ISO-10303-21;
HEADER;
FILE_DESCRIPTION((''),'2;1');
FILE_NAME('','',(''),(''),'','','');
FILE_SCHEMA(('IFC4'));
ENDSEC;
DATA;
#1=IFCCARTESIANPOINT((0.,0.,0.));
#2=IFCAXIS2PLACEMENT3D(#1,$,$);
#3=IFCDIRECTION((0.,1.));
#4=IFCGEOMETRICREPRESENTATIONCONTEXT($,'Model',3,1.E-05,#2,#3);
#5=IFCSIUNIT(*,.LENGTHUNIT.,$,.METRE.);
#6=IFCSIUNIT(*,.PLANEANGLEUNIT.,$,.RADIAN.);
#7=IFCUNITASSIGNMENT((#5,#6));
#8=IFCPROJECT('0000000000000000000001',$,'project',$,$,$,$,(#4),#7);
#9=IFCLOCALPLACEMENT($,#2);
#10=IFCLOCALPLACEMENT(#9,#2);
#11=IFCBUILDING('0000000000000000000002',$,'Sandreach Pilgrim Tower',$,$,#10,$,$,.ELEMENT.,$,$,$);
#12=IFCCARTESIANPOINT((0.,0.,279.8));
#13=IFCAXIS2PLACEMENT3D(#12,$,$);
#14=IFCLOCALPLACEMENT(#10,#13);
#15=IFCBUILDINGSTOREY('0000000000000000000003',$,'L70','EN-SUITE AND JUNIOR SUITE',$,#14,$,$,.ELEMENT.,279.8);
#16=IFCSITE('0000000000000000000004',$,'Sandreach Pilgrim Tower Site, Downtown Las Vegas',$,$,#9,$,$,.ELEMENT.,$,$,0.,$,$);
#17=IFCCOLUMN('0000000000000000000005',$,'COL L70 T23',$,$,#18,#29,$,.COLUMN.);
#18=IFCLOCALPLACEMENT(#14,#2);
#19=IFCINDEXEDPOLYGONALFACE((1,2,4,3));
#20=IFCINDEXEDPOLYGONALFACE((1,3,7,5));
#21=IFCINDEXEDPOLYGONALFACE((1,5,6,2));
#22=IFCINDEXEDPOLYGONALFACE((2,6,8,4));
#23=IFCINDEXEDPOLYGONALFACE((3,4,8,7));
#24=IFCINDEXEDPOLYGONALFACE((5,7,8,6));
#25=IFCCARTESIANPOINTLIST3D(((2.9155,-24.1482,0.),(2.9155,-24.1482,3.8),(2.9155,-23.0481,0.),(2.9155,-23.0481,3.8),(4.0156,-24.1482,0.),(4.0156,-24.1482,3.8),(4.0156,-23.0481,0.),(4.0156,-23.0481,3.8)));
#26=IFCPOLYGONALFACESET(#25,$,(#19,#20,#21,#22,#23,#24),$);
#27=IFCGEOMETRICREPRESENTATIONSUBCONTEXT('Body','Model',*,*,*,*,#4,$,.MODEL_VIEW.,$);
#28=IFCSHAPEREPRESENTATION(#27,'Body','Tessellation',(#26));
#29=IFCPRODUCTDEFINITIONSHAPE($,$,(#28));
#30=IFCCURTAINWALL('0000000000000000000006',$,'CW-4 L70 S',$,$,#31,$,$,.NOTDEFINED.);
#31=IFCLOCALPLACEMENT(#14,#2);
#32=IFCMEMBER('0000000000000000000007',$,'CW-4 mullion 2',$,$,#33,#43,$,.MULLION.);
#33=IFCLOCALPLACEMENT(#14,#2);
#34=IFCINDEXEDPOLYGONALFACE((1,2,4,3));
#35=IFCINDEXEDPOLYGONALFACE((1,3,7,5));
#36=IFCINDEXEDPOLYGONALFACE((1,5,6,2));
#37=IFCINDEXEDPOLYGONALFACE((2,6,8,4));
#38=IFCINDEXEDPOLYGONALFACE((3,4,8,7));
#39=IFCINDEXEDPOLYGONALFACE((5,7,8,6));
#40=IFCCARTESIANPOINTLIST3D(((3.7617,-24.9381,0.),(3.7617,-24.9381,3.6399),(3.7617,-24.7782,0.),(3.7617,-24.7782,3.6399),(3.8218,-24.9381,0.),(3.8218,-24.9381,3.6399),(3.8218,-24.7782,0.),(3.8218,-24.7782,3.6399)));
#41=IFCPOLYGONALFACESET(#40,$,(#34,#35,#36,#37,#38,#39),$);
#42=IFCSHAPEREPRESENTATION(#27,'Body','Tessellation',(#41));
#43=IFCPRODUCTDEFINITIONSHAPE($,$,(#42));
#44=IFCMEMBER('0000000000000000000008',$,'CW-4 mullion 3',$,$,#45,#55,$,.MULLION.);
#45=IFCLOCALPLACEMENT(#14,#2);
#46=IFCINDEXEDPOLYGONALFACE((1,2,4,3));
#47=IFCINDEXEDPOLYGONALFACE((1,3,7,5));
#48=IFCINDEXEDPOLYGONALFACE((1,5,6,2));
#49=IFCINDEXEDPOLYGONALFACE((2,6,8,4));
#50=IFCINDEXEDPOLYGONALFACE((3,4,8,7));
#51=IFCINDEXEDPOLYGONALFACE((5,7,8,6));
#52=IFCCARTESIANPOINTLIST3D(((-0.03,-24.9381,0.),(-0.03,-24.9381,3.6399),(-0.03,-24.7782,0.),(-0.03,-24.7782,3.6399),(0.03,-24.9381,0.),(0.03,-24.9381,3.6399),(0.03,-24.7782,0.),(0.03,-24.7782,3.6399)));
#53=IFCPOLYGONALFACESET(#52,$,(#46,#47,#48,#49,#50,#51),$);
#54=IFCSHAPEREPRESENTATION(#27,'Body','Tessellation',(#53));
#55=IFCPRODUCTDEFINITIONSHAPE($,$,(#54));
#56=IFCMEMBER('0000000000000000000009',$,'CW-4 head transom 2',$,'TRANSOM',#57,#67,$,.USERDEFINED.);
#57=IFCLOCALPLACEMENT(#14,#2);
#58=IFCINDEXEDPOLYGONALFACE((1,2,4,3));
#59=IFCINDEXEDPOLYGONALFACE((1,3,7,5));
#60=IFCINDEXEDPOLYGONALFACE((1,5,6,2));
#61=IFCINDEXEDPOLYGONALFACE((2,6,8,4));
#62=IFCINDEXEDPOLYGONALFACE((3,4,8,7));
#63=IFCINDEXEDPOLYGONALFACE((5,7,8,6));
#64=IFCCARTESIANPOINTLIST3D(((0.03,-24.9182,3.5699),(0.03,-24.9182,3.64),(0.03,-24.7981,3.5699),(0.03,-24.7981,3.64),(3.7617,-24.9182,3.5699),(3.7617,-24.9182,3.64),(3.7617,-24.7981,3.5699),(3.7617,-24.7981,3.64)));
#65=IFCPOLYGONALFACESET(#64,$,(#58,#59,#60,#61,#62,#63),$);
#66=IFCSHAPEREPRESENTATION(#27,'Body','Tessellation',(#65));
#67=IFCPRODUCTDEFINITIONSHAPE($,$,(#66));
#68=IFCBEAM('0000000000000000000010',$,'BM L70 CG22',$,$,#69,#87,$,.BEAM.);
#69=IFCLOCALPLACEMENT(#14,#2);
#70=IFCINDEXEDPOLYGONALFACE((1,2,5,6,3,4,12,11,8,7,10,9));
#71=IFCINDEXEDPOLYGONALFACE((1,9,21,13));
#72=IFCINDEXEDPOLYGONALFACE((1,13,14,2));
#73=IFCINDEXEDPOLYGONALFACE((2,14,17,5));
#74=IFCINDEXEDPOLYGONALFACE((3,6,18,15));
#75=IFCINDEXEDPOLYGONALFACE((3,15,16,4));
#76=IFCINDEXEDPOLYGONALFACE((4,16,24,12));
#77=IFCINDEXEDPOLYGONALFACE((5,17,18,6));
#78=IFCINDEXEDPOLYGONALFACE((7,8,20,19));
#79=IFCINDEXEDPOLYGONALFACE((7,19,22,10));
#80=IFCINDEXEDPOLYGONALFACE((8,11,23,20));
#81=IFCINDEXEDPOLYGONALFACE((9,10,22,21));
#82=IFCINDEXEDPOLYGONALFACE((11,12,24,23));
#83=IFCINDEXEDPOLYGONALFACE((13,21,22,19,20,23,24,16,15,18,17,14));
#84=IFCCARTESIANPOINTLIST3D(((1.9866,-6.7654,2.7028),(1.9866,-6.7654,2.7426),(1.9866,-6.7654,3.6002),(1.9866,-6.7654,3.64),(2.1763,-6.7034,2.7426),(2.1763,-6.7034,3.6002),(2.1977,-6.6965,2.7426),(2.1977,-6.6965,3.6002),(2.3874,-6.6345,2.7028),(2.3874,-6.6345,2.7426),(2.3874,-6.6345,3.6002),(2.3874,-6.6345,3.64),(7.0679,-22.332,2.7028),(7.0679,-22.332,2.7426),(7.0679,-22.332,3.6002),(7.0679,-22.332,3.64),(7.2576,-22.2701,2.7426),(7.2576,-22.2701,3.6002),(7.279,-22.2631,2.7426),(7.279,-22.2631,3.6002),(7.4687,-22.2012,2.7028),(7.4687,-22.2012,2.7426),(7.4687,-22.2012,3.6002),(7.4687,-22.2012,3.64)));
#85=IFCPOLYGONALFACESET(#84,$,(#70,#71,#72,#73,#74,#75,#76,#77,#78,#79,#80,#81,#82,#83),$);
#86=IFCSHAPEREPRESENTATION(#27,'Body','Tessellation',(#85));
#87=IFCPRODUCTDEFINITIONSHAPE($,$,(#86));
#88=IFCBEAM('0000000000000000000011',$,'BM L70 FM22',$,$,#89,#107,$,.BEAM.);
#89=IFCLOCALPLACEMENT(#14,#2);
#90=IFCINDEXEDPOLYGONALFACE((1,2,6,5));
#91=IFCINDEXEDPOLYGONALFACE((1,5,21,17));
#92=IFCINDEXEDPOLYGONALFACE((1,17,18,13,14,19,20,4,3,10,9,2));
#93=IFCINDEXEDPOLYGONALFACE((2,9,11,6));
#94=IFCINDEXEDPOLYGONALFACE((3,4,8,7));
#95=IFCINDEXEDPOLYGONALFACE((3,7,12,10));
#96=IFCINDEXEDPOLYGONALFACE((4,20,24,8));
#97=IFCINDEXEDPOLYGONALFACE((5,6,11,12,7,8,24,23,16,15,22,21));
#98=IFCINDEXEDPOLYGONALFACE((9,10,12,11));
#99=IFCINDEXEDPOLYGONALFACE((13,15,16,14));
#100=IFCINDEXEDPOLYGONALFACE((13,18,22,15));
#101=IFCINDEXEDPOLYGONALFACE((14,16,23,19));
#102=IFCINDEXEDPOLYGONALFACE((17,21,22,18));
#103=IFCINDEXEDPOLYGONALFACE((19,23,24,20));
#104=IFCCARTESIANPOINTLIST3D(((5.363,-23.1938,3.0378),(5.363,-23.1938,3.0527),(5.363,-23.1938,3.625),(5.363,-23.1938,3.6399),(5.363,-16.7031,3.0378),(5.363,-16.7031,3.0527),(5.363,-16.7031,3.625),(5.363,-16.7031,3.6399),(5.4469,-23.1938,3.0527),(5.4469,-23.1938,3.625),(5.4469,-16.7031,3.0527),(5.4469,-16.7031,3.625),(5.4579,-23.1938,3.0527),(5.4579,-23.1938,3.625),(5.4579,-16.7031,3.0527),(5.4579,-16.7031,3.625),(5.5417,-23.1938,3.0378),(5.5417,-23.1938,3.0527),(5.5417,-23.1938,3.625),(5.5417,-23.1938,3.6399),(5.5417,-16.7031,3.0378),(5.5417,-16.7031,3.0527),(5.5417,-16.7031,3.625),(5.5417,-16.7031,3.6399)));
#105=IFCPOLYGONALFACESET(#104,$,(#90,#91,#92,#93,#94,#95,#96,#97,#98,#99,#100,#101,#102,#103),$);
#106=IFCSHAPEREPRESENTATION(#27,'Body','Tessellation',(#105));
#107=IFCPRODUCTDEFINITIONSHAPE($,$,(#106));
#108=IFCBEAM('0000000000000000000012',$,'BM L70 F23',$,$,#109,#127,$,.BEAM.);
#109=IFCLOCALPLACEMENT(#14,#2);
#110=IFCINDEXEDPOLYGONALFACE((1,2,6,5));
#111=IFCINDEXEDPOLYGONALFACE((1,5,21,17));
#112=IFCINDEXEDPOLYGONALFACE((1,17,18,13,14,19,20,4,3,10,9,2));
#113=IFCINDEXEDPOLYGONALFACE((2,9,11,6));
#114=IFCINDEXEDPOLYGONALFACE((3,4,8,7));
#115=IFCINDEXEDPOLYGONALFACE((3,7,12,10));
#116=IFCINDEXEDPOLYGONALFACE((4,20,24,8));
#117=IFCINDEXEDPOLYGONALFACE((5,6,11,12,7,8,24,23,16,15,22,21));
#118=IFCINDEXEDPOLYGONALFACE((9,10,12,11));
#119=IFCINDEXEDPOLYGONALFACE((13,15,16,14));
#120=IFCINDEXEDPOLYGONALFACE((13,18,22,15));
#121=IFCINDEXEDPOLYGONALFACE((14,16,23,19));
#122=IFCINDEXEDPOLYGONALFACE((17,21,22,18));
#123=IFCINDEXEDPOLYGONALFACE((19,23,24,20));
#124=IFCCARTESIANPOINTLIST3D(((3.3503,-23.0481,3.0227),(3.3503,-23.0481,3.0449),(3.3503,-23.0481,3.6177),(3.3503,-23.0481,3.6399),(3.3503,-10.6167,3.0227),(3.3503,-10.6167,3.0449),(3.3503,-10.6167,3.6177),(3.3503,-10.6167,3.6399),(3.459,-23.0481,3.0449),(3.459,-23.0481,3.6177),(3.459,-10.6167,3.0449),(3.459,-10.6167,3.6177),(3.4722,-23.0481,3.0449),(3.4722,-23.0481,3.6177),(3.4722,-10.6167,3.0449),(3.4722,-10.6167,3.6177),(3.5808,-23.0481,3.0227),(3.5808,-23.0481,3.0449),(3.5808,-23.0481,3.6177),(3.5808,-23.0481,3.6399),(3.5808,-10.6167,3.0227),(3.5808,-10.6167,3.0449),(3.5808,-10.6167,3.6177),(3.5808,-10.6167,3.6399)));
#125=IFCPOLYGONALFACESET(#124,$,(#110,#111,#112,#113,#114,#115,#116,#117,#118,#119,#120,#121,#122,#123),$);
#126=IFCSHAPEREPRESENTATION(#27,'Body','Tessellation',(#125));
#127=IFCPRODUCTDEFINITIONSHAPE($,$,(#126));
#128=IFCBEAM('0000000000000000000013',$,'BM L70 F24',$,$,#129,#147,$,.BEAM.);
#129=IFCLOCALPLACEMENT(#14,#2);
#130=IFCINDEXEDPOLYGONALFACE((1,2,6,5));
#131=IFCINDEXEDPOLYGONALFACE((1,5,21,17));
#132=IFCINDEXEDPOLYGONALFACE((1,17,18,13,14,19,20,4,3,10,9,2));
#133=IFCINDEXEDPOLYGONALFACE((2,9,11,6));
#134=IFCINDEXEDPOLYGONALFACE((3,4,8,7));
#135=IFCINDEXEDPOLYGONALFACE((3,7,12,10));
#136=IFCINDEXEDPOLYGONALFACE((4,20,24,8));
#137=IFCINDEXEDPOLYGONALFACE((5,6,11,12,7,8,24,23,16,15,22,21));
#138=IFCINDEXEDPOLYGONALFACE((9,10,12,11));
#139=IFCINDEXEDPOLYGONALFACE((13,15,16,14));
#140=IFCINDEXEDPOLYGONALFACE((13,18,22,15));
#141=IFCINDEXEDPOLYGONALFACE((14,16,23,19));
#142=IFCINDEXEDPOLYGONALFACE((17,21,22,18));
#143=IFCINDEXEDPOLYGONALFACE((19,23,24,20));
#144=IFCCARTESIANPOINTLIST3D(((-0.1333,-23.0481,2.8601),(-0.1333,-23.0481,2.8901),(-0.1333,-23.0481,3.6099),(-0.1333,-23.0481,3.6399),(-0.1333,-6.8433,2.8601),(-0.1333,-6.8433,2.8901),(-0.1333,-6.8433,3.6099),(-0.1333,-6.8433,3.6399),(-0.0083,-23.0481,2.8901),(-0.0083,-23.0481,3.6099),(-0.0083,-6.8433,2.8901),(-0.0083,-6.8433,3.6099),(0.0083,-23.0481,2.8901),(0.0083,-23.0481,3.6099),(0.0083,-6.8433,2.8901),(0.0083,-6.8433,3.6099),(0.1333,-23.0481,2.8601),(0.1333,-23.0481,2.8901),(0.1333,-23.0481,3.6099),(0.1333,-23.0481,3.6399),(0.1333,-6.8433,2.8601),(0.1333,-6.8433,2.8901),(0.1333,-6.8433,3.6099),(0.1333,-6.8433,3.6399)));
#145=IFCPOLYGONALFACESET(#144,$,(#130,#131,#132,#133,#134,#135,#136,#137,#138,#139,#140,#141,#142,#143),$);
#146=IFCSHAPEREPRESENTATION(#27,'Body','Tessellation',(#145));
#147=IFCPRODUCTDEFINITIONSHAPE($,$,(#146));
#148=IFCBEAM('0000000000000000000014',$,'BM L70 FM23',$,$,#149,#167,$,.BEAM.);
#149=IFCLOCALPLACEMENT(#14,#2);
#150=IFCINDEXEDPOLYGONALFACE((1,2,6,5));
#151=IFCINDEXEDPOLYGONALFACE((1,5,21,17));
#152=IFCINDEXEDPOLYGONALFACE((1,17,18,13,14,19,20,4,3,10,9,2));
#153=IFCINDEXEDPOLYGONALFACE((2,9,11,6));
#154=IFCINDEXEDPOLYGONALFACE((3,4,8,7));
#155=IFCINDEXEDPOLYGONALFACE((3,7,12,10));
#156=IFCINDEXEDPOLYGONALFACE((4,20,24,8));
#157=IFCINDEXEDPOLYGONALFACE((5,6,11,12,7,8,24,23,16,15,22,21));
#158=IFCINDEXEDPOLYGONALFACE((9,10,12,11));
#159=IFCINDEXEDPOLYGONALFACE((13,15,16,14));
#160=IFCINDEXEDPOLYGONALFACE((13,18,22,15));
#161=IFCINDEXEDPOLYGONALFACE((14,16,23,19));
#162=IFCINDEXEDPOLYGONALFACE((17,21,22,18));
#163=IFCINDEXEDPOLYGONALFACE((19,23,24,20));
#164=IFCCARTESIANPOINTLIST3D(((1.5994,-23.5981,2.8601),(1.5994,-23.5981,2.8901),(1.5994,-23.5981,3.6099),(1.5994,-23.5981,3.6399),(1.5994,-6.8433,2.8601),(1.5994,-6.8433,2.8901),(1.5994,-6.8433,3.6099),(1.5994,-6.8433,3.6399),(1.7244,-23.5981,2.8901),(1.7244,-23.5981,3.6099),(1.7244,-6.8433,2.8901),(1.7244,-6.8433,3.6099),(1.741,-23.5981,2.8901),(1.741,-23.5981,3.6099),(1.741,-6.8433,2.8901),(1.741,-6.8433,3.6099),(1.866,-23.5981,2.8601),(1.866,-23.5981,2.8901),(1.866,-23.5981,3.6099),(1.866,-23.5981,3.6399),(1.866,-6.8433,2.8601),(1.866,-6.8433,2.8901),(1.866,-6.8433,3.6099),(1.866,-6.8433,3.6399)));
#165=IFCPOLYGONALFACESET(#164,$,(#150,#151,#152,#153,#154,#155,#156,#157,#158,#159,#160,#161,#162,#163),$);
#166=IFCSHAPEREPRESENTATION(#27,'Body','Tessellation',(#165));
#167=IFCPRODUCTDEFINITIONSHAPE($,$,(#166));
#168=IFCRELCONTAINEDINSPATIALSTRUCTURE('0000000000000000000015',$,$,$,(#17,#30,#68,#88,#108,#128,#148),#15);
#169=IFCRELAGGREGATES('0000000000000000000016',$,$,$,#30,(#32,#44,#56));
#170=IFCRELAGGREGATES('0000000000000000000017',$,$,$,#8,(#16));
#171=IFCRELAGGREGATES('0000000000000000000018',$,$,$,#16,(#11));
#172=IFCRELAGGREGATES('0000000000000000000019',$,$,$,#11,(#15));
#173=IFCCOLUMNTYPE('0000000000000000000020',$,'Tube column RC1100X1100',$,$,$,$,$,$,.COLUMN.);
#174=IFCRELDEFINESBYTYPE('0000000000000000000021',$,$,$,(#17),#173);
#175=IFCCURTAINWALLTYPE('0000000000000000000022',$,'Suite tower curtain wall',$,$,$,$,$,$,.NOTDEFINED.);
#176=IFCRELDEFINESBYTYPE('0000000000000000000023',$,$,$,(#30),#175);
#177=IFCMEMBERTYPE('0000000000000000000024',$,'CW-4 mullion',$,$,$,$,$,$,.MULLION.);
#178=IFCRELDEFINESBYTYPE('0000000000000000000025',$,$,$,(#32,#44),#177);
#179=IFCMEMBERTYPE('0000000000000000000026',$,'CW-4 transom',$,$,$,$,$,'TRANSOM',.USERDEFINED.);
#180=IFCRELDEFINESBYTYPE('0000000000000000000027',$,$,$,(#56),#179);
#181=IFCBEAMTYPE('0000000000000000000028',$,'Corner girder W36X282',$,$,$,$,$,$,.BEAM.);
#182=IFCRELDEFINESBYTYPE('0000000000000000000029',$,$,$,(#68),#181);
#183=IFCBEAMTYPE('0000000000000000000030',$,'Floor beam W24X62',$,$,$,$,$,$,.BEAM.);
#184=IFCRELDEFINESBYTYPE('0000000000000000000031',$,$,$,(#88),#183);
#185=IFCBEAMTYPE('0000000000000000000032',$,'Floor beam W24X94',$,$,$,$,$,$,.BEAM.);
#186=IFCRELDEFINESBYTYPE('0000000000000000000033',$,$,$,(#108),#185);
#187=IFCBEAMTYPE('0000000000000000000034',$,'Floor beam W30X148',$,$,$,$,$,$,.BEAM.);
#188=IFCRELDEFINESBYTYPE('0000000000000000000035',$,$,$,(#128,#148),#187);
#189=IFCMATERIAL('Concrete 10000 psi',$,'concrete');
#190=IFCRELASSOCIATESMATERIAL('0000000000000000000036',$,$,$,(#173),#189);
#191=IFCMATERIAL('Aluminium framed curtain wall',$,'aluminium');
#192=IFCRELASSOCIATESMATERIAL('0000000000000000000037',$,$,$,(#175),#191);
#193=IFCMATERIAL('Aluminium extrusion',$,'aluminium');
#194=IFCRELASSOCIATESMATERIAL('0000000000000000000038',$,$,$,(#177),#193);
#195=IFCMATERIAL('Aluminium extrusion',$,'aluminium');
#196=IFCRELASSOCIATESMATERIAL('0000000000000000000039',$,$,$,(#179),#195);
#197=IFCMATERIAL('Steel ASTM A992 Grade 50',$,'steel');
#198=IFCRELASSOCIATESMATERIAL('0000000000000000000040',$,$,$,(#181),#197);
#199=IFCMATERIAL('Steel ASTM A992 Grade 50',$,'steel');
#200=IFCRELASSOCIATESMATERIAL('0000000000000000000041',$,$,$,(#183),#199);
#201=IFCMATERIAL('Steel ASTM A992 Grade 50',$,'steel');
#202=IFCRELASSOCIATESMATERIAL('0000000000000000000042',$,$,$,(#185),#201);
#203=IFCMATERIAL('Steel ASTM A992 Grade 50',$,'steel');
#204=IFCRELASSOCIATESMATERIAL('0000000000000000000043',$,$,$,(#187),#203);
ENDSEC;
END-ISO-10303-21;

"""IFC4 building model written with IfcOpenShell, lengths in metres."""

from ifc_helpers import new_model, si_unit, direction, frame, origin, origin_2d, place, context, subcontext, project, spatial, rectangle, i_section, extrude, material, material_profile, profile_set, type_object, element, aggregate, save


model = new_model("IFC4")

# Units and contexts
model_context = context("Model", 3, precision=1e-05, world=origin(), true_north=direction((0.0, 1.0)))
body_context = subcontext(model_context, "Body", "Model", "MODEL_VIEW")
ifc_project = project(units=[si_unit("LENGTHUNIT", "METRE"), si_unit("PLANEANGLEUNIT", "RADIAN")], contexts=[model_context])

# Site, building, storey
site_placement = place(None, origin())
site = spatial("IfcSite", under=ifc_project, at=site_placement, Name="Sandreach Pilgrim Tower Site, Downtown Las Vegas", CompositionType="ELEMENT", RefElevation=0.0)
building_placement = place(site_placement, origin())
building = spatial("IfcBuilding", under=site, at=building_placement, Name="Sandreach Pilgrim Tower", CompositionType="ELEMENT")
storey_placement = place(building_placement, frame((0.0, 0.0, 279.8)))
storey = spatial("IfcBuildingStorey", under=building, at=storey_placement, Name="L70", Description="EN-SUITE AND JUNIOR SUITE", CompositionType="ELEMENT", Elevation=279.8)

# Column
ifc_material_1 = material(Name="Concrete 10000 psi", Category="concrete")
ifc_material_profile_1 = material_profile(ifc_material_1, rectangle(XDim=1.1001, YDim=1.1001, at=origin_2d()), Name="RC1100X1100")
ifc_profile_set_1 = profile_set([ifc_material_profile_1], Name="Concrete 10000 psi")
column_type = type_object("IfcColumnType", Name="Tube column RC1100X1100", PredefinedType="COLUMN", material=ifc_profile_set_1)
column_placement = place(storey_placement, frame((3.4656, -23.5981, 0.0), z_axis=(0.0, 0.0, 1.0), x_axis=(0.0, -1.0, 0.0)))
element("IfcColumn", 1, at=column_placement, inside=storey, type_object=column_type, Name="COL L70 T23", PredefinedType="COLUMN", context=body_context, shape_type="SweptSolid", body=[
    extrude(rectangle(XDim=1.1001, YDim=1.1001, at=origin_2d()), origin(), (0.0, 0.0, 1.0), 3.8),
])

# Curtain wall, members
ifc_material_2 = material(Name="Aluminium framed curtain wall", Category="aluminium")
curtain_wall_type = type_object("IfcCurtainWallType", Name="Suite tower curtain wall", PredefinedType="NOTDEFINED", material=ifc_material_2)
curtain_wall_placement = place(storey_placement, origin())
curtain_wall = element("IfcCurtainWall", 2, at=curtain_wall_placement, inside=storey, type_object=curtain_wall_type, Name="CW-4 L70 S", PredefinedType="NOTDEFINED")
ifc_material_3 = material(Name="Aluminium extrusion", Category="aluminium")
ifc_material_profile_2 = material_profile(ifc_material_3, rectangle(XDim=0.0601, YDim=0.1599, at=origin_2d()), Name="CW-4M 60X160")
ifc_profile_set_2 = profile_set([ifc_material_profile_2], Name="Aluminium extrusion")
member_type_1 = type_object("IfcMemberType", Name="CW-4 mullion", PredefinedType="MULLION", material=ifc_profile_set_2)
member_1_placement = place(storey_placement, frame((3.7917, -24.8582, 0.0), z_axis=(0.0, 0.0, 1.0), x_axis=(-1.0, 0.0, 0.0)))
member_1 = element("IfcMember", 3, at=member_1_placement, type_object=member_type_1, Name="CW-4 mullion 2", PredefinedType="MULLION", context=body_context, shape_type="SweptSolid", body=[
    extrude(rectangle(XDim=0.0601, YDim=0.1599, at=origin_2d()), origin(), (0.0, 0.0, 1.0), 3.6399),
])
member_2_placement = place(storey_placement, frame((0.0, -24.8582, 0.0), z_axis=(0.0, 0.0, 1.0), x_axis=(-1.0, 0.0, 0.0)))
member_2 = element("IfcMember", 4, at=member_2_placement, type_object=member_type_1, Name="CW-4 mullion 3", PredefinedType="MULLION", context=body_context, shape_type="SweptSolid", body=[
    extrude(rectangle(XDim=0.0601, YDim=0.1599, at=origin_2d()), origin(), (0.0, 0.0, 1.0), 3.6399),
])
ifc_material_4 = material(Name="Aluminium extrusion", Category="aluminium")
ifc_material_profile_3 = material_profile(ifc_material_4, rectangle(XDim=0.1201, YDim=0.0701, at=origin_2d()), Name="CW-4T 120X70")
ifc_profile_set_3 = profile_set([ifc_material_profile_3], Name="Aluminium extrusion")
member_type_2 = type_object("IfcMemberType", Name="CW-4 transom", ElementType="TRANSOM", PredefinedType="USERDEFINED", material=ifc_profile_set_3)
member_3_placement = place(storey_placement, frame((3.7617, -24.8582, 3.605), z_axis=(-1.0, 0.0, 0.0), x_axis=(0.0, -1.0, 0.0)))
member_3 = element("IfcMember", 5, at=member_3_placement, type_object=member_type_2, Name="CW-4 head transom 2", ObjectType="TRANSOM", PredefinedType="USERDEFINED", context=body_context, shape_type="SweptSolid", body=[
    extrude(rectangle(XDim=0.1201, YDim=0.0701, at=origin_2d()), origin(), (0.0, 0.0, 1.0), 3.7317),
])

# Beams
ifc_material_5 = material(Name="Steel ASTM A992 Grade 50", Category="steel")
ifc_material_profile_4 = material_profile(ifc_material_5, i_section(OverallWidth=0.4216, OverallDepth=0.9373, WebThickness=0.0225, FlangeThickness=0.0398, at=origin_2d()), Name="W36X282")
ifc_profile_set_4 = profile_set([ifc_material_profile_4], Name="Steel ASTM A992 Grade 50")
beam_type_1 = type_object("IfcBeamType", Name="Corner girder W36X282", PredefinedType="BEAM", material=ifc_profile_set_4)
beam_1_placement = place(storey_placement, frame((7.2683, -22.2666, 3.1714), z_axis=(-0.310309, 0.950636, 0.0), x_axis=(-0.950636, -0.310309, 0.0)))
element("IfcBeam", 6, at=beam_1_placement, inside=storey, type_object=beam_type_1, Name="BM L70 CG22", PredefinedType="BEAM", context=body_context, shape_type="SweptSolid", body=[
    extrude(i_section(OverallWidth=0.4216, OverallDepth=0.9373, WebThickness=0.0225, FlangeThickness=0.0398, at=origin_2d()), origin(), (0.0, 0.0, 1.0), 16.375),
])
ifc_material_6 = material(Name="Steel ASTM A992 Grade 50", Category="steel")
ifc_material_profile_5 = material_profile(ifc_material_6, i_section(OverallWidth=0.1787, OverallDepth=0.6021, WebThickness=0.011, FlangeThickness=0.0149, at=origin_2d()), Name="W24X62")
ifc_profile_set_5 = profile_set([ifc_material_profile_5], Name="Steel ASTM A992 Grade 50")
beam_type_2 = type_object("IfcBeamType", Name="Floor beam W24X62", PredefinedType="BEAM", material=ifc_profile_set_5)
beam_2_placement = place(storey_placement, frame((5.4524, -23.1938, 3.3389), z_axis=(0.0, 1.0, 0.0), x_axis=(-1.0, 0.0, 0.0)))
element("IfcBeam", 7, at=beam_2_placement, inside=storey, type_object=beam_type_2, Name="BM L70 FM22", PredefinedType="BEAM", context=body_context, shape_type="SweptSolid", body=[
    extrude(i_section(OverallWidth=0.1787, OverallDepth=0.6021, WebThickness=0.011, FlangeThickness=0.0149, at=origin_2d()), origin(), (0.0, 0.0, 1.0), 6.4907),
])
ifc_material_7 = material(Name="Steel ASTM A992 Grade 50", Category="steel")
ifc_material_profile_6 = material_profile(ifc_material_7, i_section(OverallWidth=0.2305, OverallDepth=0.6172, WebThickness=0.0132, FlangeThickness=0.0222, at=origin_2d()), Name="W24X94")
ifc_profile_set_6 = profile_set([ifc_material_profile_6], Name="Steel ASTM A992 Grade 50")
beam_type_3 = type_object("IfcBeamType", Name="Floor beam W24X94", PredefinedType="BEAM", material=ifc_profile_set_6)
beam_3_placement = place(storey_placement, frame((3.4656, -23.0481, 3.3313), z_axis=(0.0, 1.0, 0.0), x_axis=(-1.0, 0.0, 0.0)))
element("IfcBeam", 8, at=beam_3_placement, inside=storey, type_object=beam_type_3, Name="BM L70 F23", PredefinedType="BEAM", context=body_context, shape_type="SweptSolid", body=[
    extrude(i_section(OverallWidth=0.2305, OverallDepth=0.6172, WebThickness=0.0132, FlangeThickness=0.0222, at=origin_2d()), origin(), (0.0, 0.0, 1.0), 12.4314),
])
ifc_material_8 = material(Name="Steel ASTM A992 Grade 50", Category="steel")
ifc_material_profile_7 = material_profile(ifc_material_8, i_section(OverallWidth=0.2666, OverallDepth=0.7798, WebThickness=0.0166, FlangeThickness=0.03, at=origin_2d()), Name="W30X148")
ifc_profile_set_7 = profile_set([ifc_material_profile_7], Name="Steel ASTM A992 Grade 50")
beam_type_4 = type_object("IfcBeamType", Name="Floor beam W30X148", PredefinedType="BEAM", material=ifc_profile_set_7)
beam_4_placement = place(storey_placement, frame((0.0, -23.0481, 3.25), z_axis=(0.0, 1.0, 0.0), x_axis=(-1.0, 0.0, 0.0)))
element("IfcBeam", 9, at=beam_4_placement, inside=storey, type_object=beam_type_4, Name="BM L70 F24", PredefinedType="BEAM", context=body_context, shape_type="SweptSolid", body=[
    extrude(i_section(OverallWidth=0.2666, OverallDepth=0.7798, WebThickness=0.0166, FlangeThickness=0.03, at=origin_2d()), origin(), (0.0, 0.0, 1.0), 16.2048),
])
beam_5_placement = place(storey_placement, frame((1.7327, -23.5981, 3.25), z_axis=(0.0, 1.0, 0.0), x_axis=(-1.0, 0.0, 0.0)))
element("IfcBeam", 10, at=beam_5_placement, inside=storey, type_object=beam_type_4, Name="BM L70 FM23", PredefinedType="BEAM", context=body_context, shape_type="SweptSolid", body=[
    extrude(i_section(OverallWidth=0.2666, OverallDepth=0.7798, WebThickness=0.0166, FlangeThickness=0.03, at=origin_2d()), origin(), (0.0, 0.0, 1.0), 16.7549),
])

aggregate(curtain_wall, [member_1, member_2, member_3])

save(model, "model.ifc")
